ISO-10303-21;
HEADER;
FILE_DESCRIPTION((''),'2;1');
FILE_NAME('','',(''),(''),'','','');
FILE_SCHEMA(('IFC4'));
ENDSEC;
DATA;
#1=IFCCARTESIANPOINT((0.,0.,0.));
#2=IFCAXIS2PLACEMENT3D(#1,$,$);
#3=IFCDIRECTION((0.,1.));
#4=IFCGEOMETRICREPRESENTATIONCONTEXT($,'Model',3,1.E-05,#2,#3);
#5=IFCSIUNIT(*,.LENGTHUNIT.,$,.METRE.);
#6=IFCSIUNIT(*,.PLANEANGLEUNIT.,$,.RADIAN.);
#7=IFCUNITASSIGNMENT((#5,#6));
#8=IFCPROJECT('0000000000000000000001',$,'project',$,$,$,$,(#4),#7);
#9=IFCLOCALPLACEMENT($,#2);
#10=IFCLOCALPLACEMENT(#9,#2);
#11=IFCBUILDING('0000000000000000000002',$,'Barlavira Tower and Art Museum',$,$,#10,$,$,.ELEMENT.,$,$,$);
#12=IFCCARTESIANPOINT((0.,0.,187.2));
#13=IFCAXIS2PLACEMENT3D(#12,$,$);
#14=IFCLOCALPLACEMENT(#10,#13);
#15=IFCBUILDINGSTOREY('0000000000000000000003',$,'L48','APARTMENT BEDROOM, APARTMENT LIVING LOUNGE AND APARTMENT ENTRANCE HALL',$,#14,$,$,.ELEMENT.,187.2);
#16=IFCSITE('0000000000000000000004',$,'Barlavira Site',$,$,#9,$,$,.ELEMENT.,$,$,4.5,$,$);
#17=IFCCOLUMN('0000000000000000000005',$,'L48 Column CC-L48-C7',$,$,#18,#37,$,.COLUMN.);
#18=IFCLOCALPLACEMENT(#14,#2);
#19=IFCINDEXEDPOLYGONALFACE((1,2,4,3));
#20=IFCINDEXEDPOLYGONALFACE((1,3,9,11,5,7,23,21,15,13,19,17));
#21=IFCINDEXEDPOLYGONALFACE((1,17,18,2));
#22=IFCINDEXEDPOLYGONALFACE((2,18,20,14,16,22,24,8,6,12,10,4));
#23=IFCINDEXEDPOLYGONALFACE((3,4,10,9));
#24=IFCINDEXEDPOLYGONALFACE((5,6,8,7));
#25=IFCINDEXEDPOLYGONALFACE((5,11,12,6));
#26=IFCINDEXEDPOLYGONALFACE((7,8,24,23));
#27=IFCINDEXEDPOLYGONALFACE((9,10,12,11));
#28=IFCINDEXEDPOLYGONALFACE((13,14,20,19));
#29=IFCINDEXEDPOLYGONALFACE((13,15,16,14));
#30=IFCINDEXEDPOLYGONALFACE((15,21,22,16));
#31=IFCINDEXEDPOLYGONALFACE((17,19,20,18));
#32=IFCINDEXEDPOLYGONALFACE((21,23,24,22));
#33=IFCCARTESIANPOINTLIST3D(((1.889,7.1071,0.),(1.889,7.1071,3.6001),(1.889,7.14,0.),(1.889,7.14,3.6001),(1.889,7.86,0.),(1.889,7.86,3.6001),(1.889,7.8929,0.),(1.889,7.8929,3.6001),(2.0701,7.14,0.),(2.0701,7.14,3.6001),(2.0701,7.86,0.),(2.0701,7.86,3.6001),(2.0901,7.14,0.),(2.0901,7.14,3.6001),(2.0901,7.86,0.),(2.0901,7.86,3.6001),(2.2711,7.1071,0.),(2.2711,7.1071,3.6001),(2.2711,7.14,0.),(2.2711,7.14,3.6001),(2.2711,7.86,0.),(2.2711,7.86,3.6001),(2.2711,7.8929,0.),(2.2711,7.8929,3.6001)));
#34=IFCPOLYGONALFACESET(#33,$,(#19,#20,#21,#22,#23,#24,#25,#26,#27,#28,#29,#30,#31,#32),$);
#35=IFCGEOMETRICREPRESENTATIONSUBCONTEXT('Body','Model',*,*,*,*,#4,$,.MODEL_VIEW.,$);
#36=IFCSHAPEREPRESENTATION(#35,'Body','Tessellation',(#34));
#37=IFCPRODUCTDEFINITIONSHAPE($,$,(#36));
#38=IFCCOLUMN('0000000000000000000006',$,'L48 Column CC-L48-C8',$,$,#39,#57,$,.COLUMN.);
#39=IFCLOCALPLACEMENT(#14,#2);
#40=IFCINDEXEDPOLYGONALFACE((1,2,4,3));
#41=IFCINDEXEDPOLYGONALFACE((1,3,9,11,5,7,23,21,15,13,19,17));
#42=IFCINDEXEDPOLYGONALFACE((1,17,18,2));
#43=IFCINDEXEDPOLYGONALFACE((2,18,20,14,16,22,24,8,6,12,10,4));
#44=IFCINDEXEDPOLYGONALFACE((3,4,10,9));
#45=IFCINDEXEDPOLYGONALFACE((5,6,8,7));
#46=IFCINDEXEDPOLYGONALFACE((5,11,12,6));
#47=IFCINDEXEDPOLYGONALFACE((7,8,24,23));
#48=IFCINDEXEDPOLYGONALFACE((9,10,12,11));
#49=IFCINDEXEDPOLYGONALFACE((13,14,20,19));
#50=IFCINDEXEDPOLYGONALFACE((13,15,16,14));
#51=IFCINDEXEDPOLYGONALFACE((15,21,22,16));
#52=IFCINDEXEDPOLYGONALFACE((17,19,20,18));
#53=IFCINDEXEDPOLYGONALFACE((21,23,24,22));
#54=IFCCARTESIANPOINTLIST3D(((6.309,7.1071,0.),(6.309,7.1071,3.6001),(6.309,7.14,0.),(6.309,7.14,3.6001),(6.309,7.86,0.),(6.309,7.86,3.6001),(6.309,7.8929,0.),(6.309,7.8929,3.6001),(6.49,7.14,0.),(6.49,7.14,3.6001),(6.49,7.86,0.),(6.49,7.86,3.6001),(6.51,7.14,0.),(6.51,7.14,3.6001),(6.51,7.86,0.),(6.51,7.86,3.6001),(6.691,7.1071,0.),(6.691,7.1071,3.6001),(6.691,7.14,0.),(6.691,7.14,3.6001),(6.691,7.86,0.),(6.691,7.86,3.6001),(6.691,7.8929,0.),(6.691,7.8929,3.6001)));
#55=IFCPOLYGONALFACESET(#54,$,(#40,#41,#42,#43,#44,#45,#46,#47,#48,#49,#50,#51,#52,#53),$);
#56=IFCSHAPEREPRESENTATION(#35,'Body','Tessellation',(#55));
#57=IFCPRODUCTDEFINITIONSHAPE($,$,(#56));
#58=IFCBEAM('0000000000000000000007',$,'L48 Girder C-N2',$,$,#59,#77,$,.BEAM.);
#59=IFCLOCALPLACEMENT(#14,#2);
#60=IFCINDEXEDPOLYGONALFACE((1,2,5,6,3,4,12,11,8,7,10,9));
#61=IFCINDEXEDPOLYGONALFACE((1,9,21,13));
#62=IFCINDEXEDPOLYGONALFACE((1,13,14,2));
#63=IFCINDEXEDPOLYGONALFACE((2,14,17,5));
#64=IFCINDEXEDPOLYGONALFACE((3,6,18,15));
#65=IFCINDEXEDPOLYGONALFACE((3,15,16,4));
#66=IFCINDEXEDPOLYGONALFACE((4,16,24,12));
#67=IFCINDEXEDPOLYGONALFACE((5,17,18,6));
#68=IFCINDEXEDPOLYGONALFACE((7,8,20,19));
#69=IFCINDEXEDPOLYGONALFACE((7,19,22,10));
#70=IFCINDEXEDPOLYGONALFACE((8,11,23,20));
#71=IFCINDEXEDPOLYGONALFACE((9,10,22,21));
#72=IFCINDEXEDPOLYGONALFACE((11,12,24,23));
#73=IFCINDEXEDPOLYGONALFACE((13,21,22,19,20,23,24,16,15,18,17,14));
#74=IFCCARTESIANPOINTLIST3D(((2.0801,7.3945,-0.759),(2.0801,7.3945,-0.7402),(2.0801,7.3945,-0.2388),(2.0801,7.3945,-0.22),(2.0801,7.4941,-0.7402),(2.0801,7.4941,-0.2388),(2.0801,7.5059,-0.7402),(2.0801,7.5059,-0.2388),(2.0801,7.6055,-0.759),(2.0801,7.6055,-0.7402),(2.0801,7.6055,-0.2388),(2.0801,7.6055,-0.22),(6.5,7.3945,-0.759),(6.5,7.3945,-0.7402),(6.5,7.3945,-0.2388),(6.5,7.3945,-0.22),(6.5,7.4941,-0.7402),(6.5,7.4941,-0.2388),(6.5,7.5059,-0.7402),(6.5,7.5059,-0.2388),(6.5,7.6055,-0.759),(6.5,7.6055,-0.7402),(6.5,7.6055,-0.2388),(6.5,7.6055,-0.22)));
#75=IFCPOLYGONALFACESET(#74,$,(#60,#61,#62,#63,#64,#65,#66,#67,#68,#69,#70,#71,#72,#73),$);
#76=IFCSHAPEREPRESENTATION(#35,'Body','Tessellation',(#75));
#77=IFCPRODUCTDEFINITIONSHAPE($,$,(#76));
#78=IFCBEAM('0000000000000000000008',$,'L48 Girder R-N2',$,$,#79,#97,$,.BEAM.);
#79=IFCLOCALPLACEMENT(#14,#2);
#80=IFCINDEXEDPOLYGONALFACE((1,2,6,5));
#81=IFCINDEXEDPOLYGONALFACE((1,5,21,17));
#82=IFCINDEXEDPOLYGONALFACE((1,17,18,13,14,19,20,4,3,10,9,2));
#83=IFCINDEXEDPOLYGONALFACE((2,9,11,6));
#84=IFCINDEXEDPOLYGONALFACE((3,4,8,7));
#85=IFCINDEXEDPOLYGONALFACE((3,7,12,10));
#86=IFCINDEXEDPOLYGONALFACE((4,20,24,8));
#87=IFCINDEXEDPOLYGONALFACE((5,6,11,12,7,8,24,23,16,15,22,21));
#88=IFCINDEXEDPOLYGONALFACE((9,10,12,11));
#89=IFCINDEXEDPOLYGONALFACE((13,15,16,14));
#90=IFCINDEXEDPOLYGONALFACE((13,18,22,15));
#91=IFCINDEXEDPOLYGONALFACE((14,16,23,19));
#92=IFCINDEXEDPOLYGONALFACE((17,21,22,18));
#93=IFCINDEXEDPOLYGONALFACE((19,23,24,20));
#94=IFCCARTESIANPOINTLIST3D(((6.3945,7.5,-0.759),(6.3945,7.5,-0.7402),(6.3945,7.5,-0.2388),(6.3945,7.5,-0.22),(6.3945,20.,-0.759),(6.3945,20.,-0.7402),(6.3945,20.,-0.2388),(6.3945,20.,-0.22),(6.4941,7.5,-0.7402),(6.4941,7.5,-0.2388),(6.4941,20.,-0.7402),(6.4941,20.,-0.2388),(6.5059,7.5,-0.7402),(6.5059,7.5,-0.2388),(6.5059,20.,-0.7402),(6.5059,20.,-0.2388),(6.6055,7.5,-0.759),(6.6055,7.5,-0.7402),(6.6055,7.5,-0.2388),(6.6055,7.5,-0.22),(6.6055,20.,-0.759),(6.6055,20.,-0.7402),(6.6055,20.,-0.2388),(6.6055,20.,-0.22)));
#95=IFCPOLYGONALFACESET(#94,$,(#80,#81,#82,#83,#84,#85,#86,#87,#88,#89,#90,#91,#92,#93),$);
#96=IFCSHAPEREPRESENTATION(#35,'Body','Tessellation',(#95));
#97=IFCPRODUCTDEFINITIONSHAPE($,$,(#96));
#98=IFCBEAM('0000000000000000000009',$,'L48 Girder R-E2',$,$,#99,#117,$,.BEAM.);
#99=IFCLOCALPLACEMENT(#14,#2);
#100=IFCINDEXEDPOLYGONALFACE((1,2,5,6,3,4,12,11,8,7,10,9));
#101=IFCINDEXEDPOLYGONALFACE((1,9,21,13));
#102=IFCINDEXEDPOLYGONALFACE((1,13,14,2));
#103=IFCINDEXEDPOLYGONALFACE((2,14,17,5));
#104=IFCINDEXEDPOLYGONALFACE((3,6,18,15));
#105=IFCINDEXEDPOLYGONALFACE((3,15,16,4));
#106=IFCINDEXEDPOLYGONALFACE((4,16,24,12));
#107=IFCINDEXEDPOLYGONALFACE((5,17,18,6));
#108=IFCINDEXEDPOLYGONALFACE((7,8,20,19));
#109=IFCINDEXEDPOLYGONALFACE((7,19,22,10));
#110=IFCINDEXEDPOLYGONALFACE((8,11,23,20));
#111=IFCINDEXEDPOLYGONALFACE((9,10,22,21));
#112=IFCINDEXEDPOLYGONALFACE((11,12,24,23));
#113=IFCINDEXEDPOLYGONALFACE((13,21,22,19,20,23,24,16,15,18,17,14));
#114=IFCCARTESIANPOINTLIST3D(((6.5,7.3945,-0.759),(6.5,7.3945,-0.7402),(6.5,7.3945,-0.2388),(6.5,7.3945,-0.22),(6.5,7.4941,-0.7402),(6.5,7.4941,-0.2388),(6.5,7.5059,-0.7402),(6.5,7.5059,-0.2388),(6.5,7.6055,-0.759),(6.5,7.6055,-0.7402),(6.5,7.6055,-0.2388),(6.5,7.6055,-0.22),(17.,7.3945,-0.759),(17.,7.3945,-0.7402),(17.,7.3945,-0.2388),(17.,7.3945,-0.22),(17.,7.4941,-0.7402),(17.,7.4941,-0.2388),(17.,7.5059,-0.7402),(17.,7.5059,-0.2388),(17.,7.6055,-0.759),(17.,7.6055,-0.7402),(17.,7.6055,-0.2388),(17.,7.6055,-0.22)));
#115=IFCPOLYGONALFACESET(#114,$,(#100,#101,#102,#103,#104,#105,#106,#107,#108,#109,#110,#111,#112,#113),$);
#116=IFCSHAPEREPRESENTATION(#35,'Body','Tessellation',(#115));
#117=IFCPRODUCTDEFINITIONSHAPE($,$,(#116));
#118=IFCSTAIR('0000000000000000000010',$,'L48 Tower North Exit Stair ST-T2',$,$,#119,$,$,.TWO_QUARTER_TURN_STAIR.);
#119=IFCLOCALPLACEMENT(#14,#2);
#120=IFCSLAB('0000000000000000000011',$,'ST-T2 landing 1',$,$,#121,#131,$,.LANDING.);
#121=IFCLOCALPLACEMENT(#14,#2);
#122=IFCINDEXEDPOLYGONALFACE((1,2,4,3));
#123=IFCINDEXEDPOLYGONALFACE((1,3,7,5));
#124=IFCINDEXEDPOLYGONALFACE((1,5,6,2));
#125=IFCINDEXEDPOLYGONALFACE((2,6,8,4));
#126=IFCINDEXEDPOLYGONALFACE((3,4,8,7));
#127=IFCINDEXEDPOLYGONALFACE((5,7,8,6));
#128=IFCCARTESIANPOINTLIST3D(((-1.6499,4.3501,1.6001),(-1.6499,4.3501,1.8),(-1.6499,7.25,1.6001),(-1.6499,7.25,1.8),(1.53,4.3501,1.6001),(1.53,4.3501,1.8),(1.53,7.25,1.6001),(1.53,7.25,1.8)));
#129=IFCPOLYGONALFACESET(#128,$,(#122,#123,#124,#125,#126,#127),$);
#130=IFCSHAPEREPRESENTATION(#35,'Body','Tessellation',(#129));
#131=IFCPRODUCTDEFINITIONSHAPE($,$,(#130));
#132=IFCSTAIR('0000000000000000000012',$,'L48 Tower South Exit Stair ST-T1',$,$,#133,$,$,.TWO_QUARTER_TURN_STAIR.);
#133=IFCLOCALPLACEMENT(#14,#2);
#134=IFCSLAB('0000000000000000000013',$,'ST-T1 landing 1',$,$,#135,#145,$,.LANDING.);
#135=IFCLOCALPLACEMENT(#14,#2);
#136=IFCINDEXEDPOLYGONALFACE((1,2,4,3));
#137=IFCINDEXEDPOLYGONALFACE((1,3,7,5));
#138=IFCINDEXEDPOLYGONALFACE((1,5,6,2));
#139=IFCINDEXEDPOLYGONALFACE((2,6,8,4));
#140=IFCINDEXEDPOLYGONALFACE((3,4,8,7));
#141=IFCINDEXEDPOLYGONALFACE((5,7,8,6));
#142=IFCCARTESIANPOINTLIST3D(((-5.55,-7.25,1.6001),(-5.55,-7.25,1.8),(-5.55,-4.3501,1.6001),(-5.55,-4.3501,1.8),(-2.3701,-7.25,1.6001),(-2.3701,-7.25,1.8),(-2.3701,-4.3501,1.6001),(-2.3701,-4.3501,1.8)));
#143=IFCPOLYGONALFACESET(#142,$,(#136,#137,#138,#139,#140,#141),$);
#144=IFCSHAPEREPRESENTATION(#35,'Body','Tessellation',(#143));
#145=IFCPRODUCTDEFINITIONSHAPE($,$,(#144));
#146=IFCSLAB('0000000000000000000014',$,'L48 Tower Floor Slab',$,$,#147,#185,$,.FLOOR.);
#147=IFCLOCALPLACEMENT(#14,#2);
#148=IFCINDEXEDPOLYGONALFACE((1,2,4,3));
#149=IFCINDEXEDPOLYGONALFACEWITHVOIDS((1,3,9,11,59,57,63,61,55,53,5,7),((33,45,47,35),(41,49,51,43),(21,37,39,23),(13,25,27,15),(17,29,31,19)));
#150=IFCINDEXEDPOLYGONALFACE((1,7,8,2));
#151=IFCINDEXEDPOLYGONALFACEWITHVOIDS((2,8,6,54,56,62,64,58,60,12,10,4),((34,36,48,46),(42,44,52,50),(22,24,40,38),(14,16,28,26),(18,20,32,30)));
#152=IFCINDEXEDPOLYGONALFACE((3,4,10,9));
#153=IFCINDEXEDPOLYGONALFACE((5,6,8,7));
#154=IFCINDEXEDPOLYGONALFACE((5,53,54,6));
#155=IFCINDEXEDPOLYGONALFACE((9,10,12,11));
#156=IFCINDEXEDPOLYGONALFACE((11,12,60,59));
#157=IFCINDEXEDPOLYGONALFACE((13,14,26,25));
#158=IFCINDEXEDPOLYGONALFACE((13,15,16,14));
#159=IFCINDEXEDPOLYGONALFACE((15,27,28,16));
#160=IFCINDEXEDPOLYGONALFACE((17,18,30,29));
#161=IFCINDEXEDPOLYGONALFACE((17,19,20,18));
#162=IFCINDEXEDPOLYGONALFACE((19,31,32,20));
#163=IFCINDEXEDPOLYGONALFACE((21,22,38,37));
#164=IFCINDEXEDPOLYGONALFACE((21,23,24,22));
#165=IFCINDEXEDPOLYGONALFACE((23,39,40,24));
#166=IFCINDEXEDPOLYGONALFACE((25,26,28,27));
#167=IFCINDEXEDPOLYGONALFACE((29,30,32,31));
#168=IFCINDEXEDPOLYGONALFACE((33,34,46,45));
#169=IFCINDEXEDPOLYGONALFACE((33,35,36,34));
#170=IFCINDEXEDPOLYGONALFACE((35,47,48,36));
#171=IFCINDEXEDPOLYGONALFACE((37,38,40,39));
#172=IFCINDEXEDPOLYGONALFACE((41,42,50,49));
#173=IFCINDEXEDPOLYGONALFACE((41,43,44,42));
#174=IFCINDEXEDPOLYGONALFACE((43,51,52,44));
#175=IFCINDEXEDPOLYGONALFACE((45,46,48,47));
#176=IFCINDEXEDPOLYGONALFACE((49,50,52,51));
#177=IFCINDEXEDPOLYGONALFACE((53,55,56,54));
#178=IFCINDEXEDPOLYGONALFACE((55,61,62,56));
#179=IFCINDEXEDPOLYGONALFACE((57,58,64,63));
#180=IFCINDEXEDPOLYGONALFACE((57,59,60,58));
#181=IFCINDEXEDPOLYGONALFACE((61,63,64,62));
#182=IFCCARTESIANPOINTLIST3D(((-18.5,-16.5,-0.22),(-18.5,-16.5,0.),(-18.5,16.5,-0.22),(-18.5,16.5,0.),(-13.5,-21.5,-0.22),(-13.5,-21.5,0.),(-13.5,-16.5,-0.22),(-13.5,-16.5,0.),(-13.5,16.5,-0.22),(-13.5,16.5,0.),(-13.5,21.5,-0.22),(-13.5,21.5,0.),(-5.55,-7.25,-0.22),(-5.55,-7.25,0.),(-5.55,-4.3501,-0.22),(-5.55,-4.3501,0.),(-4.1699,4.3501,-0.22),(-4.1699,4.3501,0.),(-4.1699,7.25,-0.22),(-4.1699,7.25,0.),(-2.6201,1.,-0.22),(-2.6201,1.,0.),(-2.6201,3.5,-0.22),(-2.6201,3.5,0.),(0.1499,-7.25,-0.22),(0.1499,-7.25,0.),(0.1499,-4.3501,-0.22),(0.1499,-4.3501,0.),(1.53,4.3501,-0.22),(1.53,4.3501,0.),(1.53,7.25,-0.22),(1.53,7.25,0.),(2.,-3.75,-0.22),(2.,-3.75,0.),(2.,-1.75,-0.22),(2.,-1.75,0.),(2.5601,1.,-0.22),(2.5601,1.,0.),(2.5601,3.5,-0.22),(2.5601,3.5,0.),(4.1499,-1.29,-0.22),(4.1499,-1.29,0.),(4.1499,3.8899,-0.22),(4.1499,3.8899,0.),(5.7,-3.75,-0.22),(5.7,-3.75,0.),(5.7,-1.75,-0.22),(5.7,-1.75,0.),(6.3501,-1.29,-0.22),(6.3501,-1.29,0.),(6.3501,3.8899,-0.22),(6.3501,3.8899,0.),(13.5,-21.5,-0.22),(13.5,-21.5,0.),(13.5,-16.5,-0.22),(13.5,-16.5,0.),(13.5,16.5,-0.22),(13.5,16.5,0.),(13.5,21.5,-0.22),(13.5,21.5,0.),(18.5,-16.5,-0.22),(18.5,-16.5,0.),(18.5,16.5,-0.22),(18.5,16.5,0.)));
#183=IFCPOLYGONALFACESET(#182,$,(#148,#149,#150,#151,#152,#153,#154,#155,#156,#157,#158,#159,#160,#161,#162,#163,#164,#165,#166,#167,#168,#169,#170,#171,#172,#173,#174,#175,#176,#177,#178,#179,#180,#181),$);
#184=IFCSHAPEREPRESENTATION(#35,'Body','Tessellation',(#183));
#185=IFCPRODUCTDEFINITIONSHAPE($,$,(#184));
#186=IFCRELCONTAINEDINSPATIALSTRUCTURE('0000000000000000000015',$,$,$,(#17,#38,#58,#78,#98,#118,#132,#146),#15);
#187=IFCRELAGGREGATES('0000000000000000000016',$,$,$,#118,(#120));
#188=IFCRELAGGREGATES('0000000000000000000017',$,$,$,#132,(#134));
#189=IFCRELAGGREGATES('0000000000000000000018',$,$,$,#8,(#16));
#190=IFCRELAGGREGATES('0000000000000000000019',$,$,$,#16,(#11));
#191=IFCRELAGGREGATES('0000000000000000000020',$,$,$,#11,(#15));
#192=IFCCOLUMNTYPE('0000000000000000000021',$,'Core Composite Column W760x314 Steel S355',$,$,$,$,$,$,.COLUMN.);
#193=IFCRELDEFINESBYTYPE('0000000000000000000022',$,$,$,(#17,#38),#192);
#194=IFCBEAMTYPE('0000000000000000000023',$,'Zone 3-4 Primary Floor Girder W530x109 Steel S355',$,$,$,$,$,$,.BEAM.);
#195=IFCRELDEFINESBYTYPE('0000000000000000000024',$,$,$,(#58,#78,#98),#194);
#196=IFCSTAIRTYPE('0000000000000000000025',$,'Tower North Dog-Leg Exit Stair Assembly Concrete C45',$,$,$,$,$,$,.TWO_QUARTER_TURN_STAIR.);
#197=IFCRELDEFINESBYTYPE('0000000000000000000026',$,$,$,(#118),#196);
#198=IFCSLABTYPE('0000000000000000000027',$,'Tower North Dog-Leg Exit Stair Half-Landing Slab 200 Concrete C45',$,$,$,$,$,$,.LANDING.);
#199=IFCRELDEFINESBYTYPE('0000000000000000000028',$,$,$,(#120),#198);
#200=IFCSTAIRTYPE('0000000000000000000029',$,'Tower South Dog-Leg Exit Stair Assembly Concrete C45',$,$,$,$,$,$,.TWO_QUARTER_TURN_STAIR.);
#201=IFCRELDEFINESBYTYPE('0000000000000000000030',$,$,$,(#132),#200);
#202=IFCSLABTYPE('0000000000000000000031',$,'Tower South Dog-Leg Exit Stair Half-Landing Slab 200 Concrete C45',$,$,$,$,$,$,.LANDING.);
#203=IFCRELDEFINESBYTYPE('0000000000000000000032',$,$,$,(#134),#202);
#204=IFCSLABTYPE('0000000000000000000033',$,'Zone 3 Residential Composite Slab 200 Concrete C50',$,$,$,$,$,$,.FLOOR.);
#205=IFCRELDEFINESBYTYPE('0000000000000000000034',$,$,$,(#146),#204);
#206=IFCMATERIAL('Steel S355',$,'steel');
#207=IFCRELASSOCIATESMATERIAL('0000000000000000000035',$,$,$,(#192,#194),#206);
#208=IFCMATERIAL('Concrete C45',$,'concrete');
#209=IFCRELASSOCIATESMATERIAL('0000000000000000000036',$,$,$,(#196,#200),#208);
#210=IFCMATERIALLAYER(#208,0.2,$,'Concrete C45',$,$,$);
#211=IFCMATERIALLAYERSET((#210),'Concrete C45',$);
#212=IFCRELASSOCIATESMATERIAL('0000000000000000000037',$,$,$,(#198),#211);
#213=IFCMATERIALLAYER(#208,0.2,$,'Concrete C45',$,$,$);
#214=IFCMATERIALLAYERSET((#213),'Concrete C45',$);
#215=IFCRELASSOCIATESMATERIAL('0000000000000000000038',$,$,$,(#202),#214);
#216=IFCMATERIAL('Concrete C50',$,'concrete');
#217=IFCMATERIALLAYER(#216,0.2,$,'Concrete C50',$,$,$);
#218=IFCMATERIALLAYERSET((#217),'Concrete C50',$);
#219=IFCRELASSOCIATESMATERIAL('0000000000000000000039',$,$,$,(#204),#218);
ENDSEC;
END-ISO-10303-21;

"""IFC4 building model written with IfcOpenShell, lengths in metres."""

from ifc_helpers import new_model, si_unit, direction, frame, origin, origin_2d, place, context, subcontext, project, spatial, polyline, i_section, outline, extrude, material, layer, layer_set, material_profile, profile_set, type_object, element, aggregate, save


model = new_model("IFC4")

# Units and contexts
model_context = context("Model", 3, precision=1e-05, world=origin(), true_north=direction((0.0, 1.0)))
body_context = subcontext(model_context, "Body", "Model", "MODEL_VIEW")
ifc_project = project(units=[si_unit("LENGTHUNIT", "METRE"), si_unit("PLANEANGLEUNIT", "RADIAN")], contexts=[model_context])

# Site, building, storey
site_placement = place(None, origin())
site = spatial("IfcSite", under=ifc_project, at=site_placement, Name="Barlavira Site", CompositionType="ELEMENT", RefElevation=4.5)
building_placement = place(site_placement, origin())
building = spatial("IfcBuilding", under=site, at=building_placement, Name="Barlavira Tower and Art Museum", CompositionType="ELEMENT")
storey_placement = place(building_placement, frame((0.0, 0.0, 187.2)))
storey = spatial("IfcBuildingStorey", under=building, at=storey_placement, Name="L48", Description="APARTMENT BEDROOM, APARTMENT LIVING LOUNGE AND APARTMENT ENTRANCE HALL", CompositionType="ELEMENT", Elevation=187.2)

# Columns
ifc_material_1 = material(Name="Steel S355", Category="steel")
ifc_material_profile_1 = material_profile(ifc_material_1, i_section(OverallWidth=0.3821, OverallDepth=0.7859, WebThickness=0.02, FlangeThickness=0.033, at=origin_2d()), Name="W760x314.0")
ifc_profile_set_1 = profile_set([ifc_material_profile_1], Name="Steel S355")
column_type = type_object("IfcColumnType", Name="Core Composite Column W760x314 Steel S355", PredefinedType="COLUMN", material=ifc_profile_set_1)
for number, where, z_axis, x_axis, name in (
    (1, (2.0801, 7.5, 0.0), (0.0, 0.0, 1.0), (1.0, 0.0, 0.0), "L48 Column CC-L48-C7"),
    (2, (6.5, 7.5, 0.0), (0.0, 0.0, 1.0), (1.0, 0.0, 0.0), "L48 Column CC-L48-C8"),
):
    element("IfcColumn", number, at=place(storey_placement, frame(where, z_axis=z_axis, x_axis=x_axis)), inside=storey, type_object=column_type, Name=name, PredefinedType="COLUMN", context=body_context, shape_type="SweptSolid", body=[
        extrude(i_section(OverallWidth=0.3821, OverallDepth=0.7859, WebThickness=0.02, FlangeThickness=0.033, at=origin_2d()), origin(), (0.0, 0.0, 1.0), 3.6001),
    ])

# Beams
ifc_material_profile_2 = material_profile(ifc_material_1, i_section(OverallWidth=0.2109, OverallDepth=0.5391, WebThickness=0.0117, FlangeThickness=0.0188, at=origin_2d()), Name="W530x109.0")
ifc_profile_set_2 = profile_set([ifc_material_profile_2], Name="Steel S355")
beam_type = type_object("IfcBeamType", Name="Zone 3-4 Primary Floor Girder W530x109 Steel S355", PredefinedType="BEAM", material=ifc_profile_set_2)
beam_1_placement = place(storey_placement, frame((2.0801, 7.5, -0.4895), z_axis=(1.0, 0.0, 0.0), x_axis=(0.0, 1.0, 0.0)))
element("IfcBeam", 3, at=beam_1_placement, inside=storey, type_object=beam_type, Name="L48 Girder C-N2", PredefinedType="BEAM", context=body_context, shape_type="SweptSolid", body=[
    extrude(i_section(OverallWidth=0.2109, OverallDepth=0.5391, WebThickness=0.0117, FlangeThickness=0.0188, at=origin_2d()), origin(), (0.0, 0.0, 1.0), 4.4199),
])
beam_2_placement = place(storey_placement, frame((6.5, 7.5, -0.4895), z_axis=(0.0, 1.0, 0.0), x_axis=(-1.0, 0.0, 0.0)))
element("IfcBeam", 4, at=beam_2_placement, inside=storey, type_object=beam_type, Name="L48 Girder R-N2", PredefinedType="BEAM", context=body_context, shape_type="SweptSolid", body=[
    extrude(i_section(OverallWidth=0.2109, OverallDepth=0.5391, WebThickness=0.0117, FlangeThickness=0.0188, at=origin_2d()), origin(), (0.0, 0.0, 1.0), 12.5),
])
beam_3_placement = place(storey_placement, frame((6.5, 7.5, -0.4895), z_axis=(1.0, 0.0, 0.0), x_axis=(0.0, 1.0, 0.0)))
element("IfcBeam", 5, at=beam_3_placement, inside=storey, type_object=beam_type, Name="L48 Girder R-E2", PredefinedType="BEAM", context=body_context, shape_type="SweptSolid", body=[
    extrude(i_section(OverallWidth=0.2109, OverallDepth=0.5391, WebThickness=0.0117, FlangeThickness=0.0188, at=origin_2d()), origin(), (0.0, 0.0, 1.0), 10.5),
])

# Stairs, slabs
ifc_material_2 = material(Name="Concrete C45", Category="concrete")
stair_type_1 = type_object("IfcStairType", Name="Tower North Dog-Leg Exit Stair Assembly Concrete C45", PredefinedType="TWO_QUARTER_TURN_STAIR", material=ifc_material_2)
stair_1_placement = place(storey_placement, origin())
stair_1 = element("IfcStair", 6, at=stair_1_placement, inside=storey, type_object=stair_type_1, Name="L48 Tower North Exit Stair ST-T2", PredefinedType="TWO_QUARTER_TURN_STAIR")
ifc_layer_1 = layer(ifc_material_2, 0.2, Name="Concrete C45")
ifc_layer_set_1 = layer_set([ifc_layer_1], Name="Concrete C45")
slab_type_1 = type_object("IfcSlabType", Name="Tower North Dog-Leg Exit Stair Half-Landing Slab 200 Concrete C45", PredefinedType="LANDING", material=ifc_layer_set_1)
slab_1_placement = place(storey_placement, frame((0.0, 0.0, 1.6001)))
slab_1 = element("IfcSlab", 7, at=slab_1_placement, type_object=slab_type_1, Name="ST-T2 landing 1", PredefinedType="LANDING", context=body_context, shape_type="SweptSolid", body=[
    extrude(outline(polyline([(-1.6499, 4.3501), (1.53, 4.3501), (1.53, 7.25), (-1.6499, 7.25), (-1.6499, 4.3501)])), origin(), (0.0, 0.0, 1.0), 0.2),
])
aggregate(stair_1, [slab_1])
stair_type_2 = type_object("IfcStairType", Name="Tower South Dog-Leg Exit Stair Assembly Concrete C45", PredefinedType="TWO_QUARTER_TURN_STAIR", material=ifc_material_2)
stair_2_placement = place(storey_placement, origin())
stair_2 = element("IfcStair", 8, at=stair_2_placement, inside=storey, type_object=stair_type_2, Name="L48 Tower South Exit Stair ST-T1", PredefinedType="TWO_QUARTER_TURN_STAIR")
ifc_layer_2 = layer(ifc_material_2, 0.2, Name="Concrete C45")
ifc_layer_set_2 = layer_set([ifc_layer_2], Name="Concrete C45")
slab_type_2 = type_object("IfcSlabType", Name="Tower South Dog-Leg Exit Stair Half-Landing Slab 200 Concrete C45", PredefinedType="LANDING", material=ifc_layer_set_2)
slab_2_placement = place(storey_placement, frame((0.0, 0.0, 1.6001)))
slab_2 = element("IfcSlab", 9, at=slab_2_placement, type_object=slab_type_2, Name="ST-T1 landing 1", PredefinedType="LANDING", context=body_context, shape_type="SweptSolid", body=[
    extrude(outline(polyline([(-2.3701, -4.3501), (-5.55, -4.3501), (-5.55, -7.25), (-2.3701, -7.25), (-2.3701, -4.3501)])), origin(), (0.0, 0.0, 1.0), 0.2),
])
aggregate(stair_2, [slab_2])

# Slab
ifc_material_3 = material(Name="Concrete C50", Category="concrete")
ifc_layer_3 = layer(ifc_material_3, 0.2, Name="Concrete C50")
ifc_layer_set_3 = layer_set([ifc_layer_3], Name="Concrete C50")
slab_type_3 = type_object("IfcSlabType", Name="Zone 3 Residential Composite Slab 200 Concrete C50", PredefinedType="FLOOR", material=ifc_layer_set_3)
slab_3_placement = place(storey_placement, frame((0.0, 0.0, -0.22)))
element("IfcSlab", 10, at=slab_3_placement, inside=storey, type_object=slab_type_3, Name="L48 Tower Floor Slab", PredefinedType="FLOOR", context=body_context, shape_type="SweptSolid", body=[
    extrude(outline(polyline([(-13.5, -21.5), (13.5, -21.5), (13.5, -16.5), (18.5, -16.5), (18.5, 16.5), (13.5, 16.5), (13.5, 21.5), (-13.5, 21.5), (-13.5, 16.5), (-18.5, 16.5), (-18.5, -16.5), (-13.5, -16.5), (-13.5, -21.5)]), holes=[polyline([(0.1499, -4.3501), (-5.55, -4.3501), (-5.55, -7.25), (0.1499, -7.25), (0.1499, -4.3501)]), polyline([(-4.1699, 4.3501), (1.53, 4.3501), (1.53, 7.25), (-4.1699, 7.25), (-4.1699, 4.3501)]), polyline([(4.1499, -1.29), (6.3501, -1.29), (6.3501, 3.8899), (4.1499, 3.8899), (4.1499, -1.29)]), polyline([(-2.6201, 1.0), (2.5601, 1.0), (2.5601, 3.5), (-2.6201, 3.5), (-2.6201, 1.0)]), polyline([(2.0, -3.75), (5.7, -3.75), (5.7, -1.75), (2.0, -1.75), (2.0, -3.75)])]), origin(), (0.0, 0.0, 1.0), 0.22),
])

save(model, "model.ifc")
